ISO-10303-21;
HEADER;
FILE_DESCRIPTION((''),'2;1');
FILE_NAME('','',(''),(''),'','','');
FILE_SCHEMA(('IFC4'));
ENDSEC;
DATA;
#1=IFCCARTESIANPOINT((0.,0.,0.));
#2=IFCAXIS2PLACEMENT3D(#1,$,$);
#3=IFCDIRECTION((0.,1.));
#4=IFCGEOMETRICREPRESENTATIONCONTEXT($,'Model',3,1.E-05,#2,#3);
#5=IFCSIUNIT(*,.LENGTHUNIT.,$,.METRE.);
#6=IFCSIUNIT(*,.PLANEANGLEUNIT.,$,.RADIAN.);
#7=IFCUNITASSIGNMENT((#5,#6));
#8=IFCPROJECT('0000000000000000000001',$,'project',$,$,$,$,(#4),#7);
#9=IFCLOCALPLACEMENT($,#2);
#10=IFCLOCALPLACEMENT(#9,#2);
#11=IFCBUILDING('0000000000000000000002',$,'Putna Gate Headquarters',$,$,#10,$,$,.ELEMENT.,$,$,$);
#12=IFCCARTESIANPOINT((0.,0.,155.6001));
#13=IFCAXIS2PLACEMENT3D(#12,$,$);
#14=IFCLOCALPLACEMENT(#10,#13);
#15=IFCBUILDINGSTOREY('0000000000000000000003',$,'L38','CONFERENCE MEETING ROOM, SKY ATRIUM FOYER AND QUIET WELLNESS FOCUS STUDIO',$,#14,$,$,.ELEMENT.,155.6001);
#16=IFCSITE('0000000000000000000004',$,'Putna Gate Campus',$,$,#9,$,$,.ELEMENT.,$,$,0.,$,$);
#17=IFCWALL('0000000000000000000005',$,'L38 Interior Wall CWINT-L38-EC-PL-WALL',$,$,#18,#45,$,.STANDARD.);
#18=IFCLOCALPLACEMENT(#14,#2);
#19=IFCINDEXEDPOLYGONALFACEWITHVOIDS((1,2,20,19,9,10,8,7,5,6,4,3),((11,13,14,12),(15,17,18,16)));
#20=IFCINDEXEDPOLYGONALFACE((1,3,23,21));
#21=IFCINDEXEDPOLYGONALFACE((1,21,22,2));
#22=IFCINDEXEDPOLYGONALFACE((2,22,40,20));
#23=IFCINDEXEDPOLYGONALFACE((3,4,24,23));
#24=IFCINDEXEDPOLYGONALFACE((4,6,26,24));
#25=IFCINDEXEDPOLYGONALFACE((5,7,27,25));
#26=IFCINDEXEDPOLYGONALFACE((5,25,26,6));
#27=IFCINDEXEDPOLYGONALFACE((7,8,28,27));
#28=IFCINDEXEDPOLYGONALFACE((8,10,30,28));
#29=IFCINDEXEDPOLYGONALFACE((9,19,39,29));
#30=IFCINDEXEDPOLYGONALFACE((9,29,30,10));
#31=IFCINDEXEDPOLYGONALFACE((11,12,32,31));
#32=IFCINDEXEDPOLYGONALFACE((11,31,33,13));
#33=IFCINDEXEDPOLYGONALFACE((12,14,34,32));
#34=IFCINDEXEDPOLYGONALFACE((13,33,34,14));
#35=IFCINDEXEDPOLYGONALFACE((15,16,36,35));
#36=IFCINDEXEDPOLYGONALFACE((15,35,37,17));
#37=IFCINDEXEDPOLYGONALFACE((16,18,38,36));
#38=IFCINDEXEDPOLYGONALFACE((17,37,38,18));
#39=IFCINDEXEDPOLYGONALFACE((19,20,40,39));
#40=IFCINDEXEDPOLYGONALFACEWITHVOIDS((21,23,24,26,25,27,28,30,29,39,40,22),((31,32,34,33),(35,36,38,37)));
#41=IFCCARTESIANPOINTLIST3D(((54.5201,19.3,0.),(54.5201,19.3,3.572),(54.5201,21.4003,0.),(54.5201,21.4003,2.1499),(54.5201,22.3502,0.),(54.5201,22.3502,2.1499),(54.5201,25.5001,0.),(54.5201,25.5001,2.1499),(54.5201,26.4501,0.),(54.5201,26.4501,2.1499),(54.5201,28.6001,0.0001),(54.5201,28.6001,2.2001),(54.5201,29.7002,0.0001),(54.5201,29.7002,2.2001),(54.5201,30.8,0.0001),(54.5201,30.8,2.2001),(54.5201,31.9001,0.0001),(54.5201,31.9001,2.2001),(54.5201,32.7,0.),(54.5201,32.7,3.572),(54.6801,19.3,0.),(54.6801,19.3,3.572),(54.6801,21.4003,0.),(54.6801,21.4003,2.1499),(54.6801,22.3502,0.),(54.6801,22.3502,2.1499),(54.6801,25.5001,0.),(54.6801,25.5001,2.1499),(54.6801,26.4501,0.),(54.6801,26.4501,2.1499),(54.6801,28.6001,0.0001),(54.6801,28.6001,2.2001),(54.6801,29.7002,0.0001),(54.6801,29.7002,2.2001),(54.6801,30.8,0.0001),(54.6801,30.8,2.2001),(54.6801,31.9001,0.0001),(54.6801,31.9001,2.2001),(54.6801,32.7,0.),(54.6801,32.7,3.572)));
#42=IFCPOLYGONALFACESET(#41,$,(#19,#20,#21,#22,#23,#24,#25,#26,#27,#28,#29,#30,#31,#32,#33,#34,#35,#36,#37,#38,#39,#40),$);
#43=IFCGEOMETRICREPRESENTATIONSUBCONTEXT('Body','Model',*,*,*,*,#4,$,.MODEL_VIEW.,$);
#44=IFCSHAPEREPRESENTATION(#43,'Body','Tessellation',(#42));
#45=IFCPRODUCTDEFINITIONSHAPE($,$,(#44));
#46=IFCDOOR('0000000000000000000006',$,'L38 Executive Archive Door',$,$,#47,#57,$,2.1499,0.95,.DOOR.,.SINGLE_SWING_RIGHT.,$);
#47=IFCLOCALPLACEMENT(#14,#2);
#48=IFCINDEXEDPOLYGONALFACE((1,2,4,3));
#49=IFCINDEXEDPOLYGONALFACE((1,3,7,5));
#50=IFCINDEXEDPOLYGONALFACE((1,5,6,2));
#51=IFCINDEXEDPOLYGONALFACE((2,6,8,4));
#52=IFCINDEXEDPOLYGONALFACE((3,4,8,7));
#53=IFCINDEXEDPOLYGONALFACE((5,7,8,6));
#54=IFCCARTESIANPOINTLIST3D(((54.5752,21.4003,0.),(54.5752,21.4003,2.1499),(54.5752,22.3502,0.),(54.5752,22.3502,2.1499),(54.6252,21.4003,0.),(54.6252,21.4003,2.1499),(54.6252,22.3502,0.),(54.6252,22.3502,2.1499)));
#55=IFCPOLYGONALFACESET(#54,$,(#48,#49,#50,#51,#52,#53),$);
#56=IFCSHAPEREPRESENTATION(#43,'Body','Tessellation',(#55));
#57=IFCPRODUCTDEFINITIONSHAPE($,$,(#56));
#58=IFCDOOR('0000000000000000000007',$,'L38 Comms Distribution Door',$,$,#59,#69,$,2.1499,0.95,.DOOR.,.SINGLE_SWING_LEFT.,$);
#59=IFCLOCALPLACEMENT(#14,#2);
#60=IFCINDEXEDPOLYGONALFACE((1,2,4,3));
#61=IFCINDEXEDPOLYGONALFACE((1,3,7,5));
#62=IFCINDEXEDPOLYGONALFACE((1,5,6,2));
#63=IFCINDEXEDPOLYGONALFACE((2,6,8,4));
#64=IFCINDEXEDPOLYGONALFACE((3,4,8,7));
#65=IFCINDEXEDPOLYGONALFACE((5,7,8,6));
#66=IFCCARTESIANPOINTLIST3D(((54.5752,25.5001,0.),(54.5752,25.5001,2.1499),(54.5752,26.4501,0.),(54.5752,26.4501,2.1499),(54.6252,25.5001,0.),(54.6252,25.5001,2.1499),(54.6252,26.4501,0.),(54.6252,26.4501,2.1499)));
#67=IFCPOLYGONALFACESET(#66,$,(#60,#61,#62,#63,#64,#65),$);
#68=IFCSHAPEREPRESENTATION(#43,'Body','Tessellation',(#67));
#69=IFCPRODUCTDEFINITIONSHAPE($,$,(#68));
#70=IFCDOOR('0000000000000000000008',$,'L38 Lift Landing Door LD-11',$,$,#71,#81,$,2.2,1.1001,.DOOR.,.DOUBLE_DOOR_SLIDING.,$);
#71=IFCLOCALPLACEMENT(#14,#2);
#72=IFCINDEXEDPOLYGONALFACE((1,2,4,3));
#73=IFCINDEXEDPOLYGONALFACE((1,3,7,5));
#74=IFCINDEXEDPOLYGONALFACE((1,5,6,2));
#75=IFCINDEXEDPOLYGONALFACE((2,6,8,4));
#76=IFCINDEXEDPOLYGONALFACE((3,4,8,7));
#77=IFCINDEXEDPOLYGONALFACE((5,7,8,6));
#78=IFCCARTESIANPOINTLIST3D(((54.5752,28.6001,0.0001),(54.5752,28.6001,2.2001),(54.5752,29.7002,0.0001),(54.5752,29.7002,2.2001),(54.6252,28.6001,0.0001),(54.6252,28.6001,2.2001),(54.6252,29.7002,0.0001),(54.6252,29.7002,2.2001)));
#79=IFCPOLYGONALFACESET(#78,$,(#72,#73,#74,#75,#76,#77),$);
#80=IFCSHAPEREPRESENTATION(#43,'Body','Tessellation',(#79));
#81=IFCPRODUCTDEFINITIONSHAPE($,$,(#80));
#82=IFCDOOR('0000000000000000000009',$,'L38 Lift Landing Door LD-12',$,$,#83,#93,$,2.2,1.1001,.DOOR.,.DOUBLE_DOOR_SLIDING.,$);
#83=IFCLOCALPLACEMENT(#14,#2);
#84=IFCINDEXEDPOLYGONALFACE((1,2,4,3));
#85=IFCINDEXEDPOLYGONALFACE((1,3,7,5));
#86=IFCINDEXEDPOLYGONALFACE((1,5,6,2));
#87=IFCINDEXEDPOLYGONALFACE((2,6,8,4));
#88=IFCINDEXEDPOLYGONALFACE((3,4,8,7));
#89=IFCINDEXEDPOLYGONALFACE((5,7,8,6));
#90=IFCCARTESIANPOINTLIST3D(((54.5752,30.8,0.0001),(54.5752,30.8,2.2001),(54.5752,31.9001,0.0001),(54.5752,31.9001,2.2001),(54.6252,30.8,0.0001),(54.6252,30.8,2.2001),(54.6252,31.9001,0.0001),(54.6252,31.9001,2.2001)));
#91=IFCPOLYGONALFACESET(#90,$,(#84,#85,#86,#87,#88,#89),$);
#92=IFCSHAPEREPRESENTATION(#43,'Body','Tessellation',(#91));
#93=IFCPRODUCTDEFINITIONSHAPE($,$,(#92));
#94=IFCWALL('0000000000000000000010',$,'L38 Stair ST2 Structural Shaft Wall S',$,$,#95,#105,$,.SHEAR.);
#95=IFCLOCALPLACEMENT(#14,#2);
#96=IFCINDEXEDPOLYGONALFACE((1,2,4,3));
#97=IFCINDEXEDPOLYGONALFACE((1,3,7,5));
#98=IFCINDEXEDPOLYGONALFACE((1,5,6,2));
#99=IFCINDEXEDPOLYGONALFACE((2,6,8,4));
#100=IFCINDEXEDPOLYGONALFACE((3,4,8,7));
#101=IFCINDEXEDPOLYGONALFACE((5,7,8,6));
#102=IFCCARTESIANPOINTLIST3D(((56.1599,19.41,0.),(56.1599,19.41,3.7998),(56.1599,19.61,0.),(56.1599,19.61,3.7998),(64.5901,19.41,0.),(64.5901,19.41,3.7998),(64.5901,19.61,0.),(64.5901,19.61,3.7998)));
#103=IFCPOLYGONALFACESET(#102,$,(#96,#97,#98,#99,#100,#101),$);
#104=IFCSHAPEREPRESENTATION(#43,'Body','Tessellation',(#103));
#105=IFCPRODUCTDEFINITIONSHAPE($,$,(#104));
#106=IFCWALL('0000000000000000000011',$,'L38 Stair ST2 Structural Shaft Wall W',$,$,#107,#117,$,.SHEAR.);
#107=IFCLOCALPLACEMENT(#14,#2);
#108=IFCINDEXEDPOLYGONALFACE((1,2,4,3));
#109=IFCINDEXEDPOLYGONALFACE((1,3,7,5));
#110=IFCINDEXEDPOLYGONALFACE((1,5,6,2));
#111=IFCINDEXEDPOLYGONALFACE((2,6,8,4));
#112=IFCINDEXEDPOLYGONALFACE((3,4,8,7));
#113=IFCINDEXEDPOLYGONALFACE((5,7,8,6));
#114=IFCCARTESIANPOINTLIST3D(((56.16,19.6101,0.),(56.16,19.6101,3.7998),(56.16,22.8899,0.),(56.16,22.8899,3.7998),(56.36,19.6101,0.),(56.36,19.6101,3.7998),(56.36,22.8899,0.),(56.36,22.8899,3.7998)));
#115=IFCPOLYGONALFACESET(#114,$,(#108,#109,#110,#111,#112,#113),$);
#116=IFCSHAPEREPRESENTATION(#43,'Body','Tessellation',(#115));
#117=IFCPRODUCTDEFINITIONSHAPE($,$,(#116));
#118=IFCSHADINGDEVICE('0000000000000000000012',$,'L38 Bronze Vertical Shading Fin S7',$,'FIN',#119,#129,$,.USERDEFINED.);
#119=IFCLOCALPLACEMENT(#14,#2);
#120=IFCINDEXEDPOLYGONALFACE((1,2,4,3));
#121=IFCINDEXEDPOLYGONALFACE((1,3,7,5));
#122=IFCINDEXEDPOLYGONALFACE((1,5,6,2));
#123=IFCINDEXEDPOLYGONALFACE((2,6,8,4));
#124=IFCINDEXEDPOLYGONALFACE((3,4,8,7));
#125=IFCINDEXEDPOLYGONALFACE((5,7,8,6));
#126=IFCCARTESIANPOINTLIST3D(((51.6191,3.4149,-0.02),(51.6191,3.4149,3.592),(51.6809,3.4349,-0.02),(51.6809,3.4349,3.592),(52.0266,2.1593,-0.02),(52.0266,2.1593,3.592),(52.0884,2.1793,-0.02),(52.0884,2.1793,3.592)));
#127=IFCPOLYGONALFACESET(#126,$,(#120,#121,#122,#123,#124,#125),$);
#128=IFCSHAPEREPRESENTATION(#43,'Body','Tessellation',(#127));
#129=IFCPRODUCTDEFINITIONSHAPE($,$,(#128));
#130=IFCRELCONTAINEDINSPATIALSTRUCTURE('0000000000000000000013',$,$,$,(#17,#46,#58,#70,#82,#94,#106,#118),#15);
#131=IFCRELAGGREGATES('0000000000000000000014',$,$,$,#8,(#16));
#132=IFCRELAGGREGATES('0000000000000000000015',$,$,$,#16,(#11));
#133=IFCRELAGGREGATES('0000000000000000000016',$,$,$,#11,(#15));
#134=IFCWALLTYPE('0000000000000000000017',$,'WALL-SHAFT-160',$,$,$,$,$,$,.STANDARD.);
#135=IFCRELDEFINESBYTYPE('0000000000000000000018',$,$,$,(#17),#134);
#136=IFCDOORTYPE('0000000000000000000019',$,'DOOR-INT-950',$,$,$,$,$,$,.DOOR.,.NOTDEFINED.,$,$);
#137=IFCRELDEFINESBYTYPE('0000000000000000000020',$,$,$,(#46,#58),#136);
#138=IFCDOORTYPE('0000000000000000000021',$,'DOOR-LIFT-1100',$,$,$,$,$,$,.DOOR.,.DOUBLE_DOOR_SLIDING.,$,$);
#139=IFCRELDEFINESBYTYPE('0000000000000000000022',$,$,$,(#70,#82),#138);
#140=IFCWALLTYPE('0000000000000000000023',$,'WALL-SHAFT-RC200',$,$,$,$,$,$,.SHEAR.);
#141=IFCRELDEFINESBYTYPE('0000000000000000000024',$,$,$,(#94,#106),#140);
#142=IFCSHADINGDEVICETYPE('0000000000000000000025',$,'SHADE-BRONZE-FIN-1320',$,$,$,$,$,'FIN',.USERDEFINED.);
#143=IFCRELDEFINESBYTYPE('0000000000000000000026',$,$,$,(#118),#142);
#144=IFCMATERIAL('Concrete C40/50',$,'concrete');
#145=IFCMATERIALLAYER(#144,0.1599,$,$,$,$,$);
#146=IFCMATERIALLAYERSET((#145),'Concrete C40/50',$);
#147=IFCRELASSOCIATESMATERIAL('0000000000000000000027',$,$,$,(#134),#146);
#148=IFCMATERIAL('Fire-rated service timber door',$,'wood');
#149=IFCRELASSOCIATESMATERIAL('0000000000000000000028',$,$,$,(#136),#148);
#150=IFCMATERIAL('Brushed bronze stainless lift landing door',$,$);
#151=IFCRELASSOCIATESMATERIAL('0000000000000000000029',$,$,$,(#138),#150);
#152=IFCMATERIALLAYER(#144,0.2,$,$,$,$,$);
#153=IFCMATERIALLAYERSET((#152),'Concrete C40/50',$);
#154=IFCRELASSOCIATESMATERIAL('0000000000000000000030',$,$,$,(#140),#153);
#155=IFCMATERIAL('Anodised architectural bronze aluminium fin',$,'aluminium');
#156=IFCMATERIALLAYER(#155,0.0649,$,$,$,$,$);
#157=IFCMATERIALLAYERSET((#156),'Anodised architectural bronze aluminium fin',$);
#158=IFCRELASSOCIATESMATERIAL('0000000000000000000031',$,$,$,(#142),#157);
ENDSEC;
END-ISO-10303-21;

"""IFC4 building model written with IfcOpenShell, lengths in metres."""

from ifc_helpers import new_model, si_unit, direction, frame, frame_2d, origin, origin_2d, place, context, subcontext, project, spatial, rectangle, extrude, material, layer, layer_set, type_object, element, fill, save


model = new_model("IFC4")

# Units and contexts
model_context = context("Model", 3, precision=1e-05, world=origin(), true_north=direction((0.0, 1.0)))
body_context = subcontext(model_context, "Body", "Model", "MODEL_VIEW")
ifc_project = project(units=[si_unit("LENGTHUNIT", "METRE"), si_unit("PLANEANGLEUNIT", "RADIAN")], contexts=[model_context])

# Site, building, storey
site_placement = place(None, origin())
site = spatial("IfcSite", under=ifc_project, at=site_placement, Name="Putna Gate Campus", CompositionType="ELEMENT", RefElevation=0.0)
building_placement = place(site_placement, origin())
building = spatial("IfcBuilding", under=site, at=building_placement, Name="Putna Gate Headquarters", CompositionType="ELEMENT")
storey_placement = place(building_placement, frame((0.0, 0.0, 155.6001)))
storey = spatial("IfcBuildingStorey", under=building, at=storey_placement, Name="L38", Description="CONFERENCE MEETING ROOM, SKY ATRIUM FOYER AND QUIET WELLNESS FOCUS STUDIO", CompositionType="ELEMENT", Elevation=155.6001)

# Wall, openings, doors
ifc_material_1 = material(Name="Concrete C40/50", Category="concrete")
ifc_layer_1 = layer(ifc_material_1, 0.1599)
ifc_layer_set_1 = layer_set([ifc_layer_1], Name="Concrete C40/50")
wall_type_1 = type_object("IfcWallType", Name="WALL-SHAFT-160", PredefinedType="STANDARD", material=ifc_layer_set_1)
wall_1_placement = place(storey_placement, frame((54.6001, 19.3, 0.0), z_axis=(0.0, 0.0, 1.0), x_axis=(0.0, 1.0, 0.0)))
wall_1 = element("IfcWall", 1, at=wall_1_placement, inside=storey, type_object=wall_type_1, Name="L38 Interior Wall CWINT-L38-EC-PL-WALL", PredefinedType="STANDARD", context=body_context, shape_type="SweptSolid", body=[
    extrude(rectangle(XDim=13.3999, YDim=0.1599, at=frame_2d((6.7, 0.0))), origin(), (0.0, 0.0, 1.0), 3.572),
])
opening_1_placement = place(wall_1_placement, frame((2.1001, 0.0, 0.0)))
opening_1 = element("IfcOpeningElement", 2, at=opening_1_placement, cuts=wall_1, PredefinedType="OPENING", context=body_context, shape_type="SweptSolid", body=[
    extrude(rectangle(XDim=0.95, YDim=2.1499, at=frame_2d((0.4751, 1.075))), frame((0.0, 0.0898, 0.0), z_axis=(0.0, -1.0, 0.0), x_axis=(1.0, 0.0, 0.0)), (0.0, 0.0, 1.0), 0.1799),
])
opening_2_placement = place(wall_1_placement, frame((6.2, 0.0, 0.0)))
opening_2 = element("IfcOpeningElement", 3, at=opening_2_placement, cuts=wall_1, PredefinedType="OPENING", context=body_context, shape_type="SweptSolid", body=[
    extrude(rectangle(XDim=0.95, YDim=2.1499, at=frame_2d((0.4751, 1.075))), frame((0.0, 0.0898, 0.0), z_axis=(0.0, -1.0, 0.0), x_axis=(1.0, 0.0, 0.0)), (0.0, 0.0, 1.0), 0.1799),
])
opening_3_placement = place(wall_1_placement, frame((9.3, 0.0, 0.0)))
opening_3 = element("IfcOpeningElement", 4, at=opening_3_placement, cuts=wall_1, PredefinedType="OPENING", context=body_context, shape_type="SweptSolid", body=[
    extrude(rectangle(XDim=1.1001, YDim=2.2, at=frame_2d((0.55, 1.1001))), frame((0.0, 0.0898, 0.0), z_axis=(0.0, -1.0, 0.0), x_axis=(1.0, 0.0, 0.0)), (0.0, 0.0, 1.0), 0.1799),
])
opening_4_placement = place(wall_1_placement, frame((11.5, 0.0, 0.0)))
opening_4 = element("IfcOpeningElement", 5, at=opening_4_placement, cuts=wall_1, PredefinedType="OPENING", context=body_context, shape_type="SweptSolid", body=[
    extrude(rectangle(XDim=1.1001, YDim=2.2, at=frame_2d((0.55, 1.1001))), frame((0.0, 0.0898, 0.0), z_axis=(0.0, -1.0, 0.0), x_axis=(1.0, 0.0, 0.0)), (0.0, 0.0, 1.0), 0.1799),
])
ifc_material_2 = material(Name="Fire-rated service timber door", Category="wood")
door_type_1 = type_object("IfcDoorType", Name="DOOR-INT-950", OperationType="NOTDEFINED", PredefinedType="DOOR", material=ifc_material_2)
door_1_placement = place(opening_1_placement, origin())
door_1 = element("IfcDoor", 6, at=door_1_placement, inside=storey, type_object=door_type_1, Name="L38 Executive Archive Door", OperationType="SINGLE_SWING_RIGHT", OverallHeight=2.1499, OverallWidth=0.95, PredefinedType="DOOR", context=body_context, shape_type="SweptSolid", body=[
    extrude(rectangle(XDim=0.95, YDim=2.1499, at=frame_2d((0.4751, 1.075))), frame((0.0, 0.0249, 0.0), z_axis=(0.0, -1.0, 0.0), x_axis=(1.0, 0.0, 0.0)), (0.0, 0.0, 1.0), 0.05),
])
fill(opening_1, door_1)
door_2_placement = place(opening_2_placement, origin())
door_2 = element("IfcDoor", 7, at=door_2_placement, inside=storey, type_object=door_type_1, Name="L38 Comms Distribution Door", OperationType="SINGLE_SWING_LEFT", OverallHeight=2.1499, OverallWidth=0.95, PredefinedType="DOOR", context=body_context, shape_type="SweptSolid", body=[
    extrude(rectangle(XDim=0.95, YDim=2.1499, at=frame_2d((0.4751, 1.075))), frame((0.0, 0.0249, 0.0), z_axis=(0.0, -1.0, 0.0), x_axis=(1.0, 0.0, 0.0)), (0.0, 0.0, 1.0), 0.05),
])
fill(opening_2, door_2)
ifc_material_3 = material(Name="Brushed bronze stainless lift landing door")
door_type_2 = type_object("IfcDoorType", Name="DOOR-LIFT-1100", OperationType="DOUBLE_DOOR_SLIDING", PredefinedType="DOOR", material=ifc_material_3)
door_3_placement = place(opening_3_placement, origin())
door_3 = element("IfcDoor", 8, at=door_3_placement, inside=storey, type_object=door_type_2, Name="L38 Lift Landing Door LD-11", OperationType="DOUBLE_DOOR_SLIDING", OverallHeight=2.2, OverallWidth=1.1001, PredefinedType="DOOR", context=body_context, shape_type="SweptSolid", body=[
    extrude(rectangle(XDim=1.1001, YDim=2.2, at=frame_2d((0.55, 1.1001))), frame((0.0, 0.0249, 0.0), z_axis=(0.0, -1.0, 0.0), x_axis=(1.0, 0.0, 0.0)), (0.0, 0.0, 1.0), 0.05),
])
fill(opening_3, door_3)
door_4_placement = place(opening_4_placement, origin())
door_4 = element("IfcDoor", 9, at=door_4_placement, inside=storey, type_object=door_type_2, Name="L38 Lift Landing Door LD-12", OperationType="DOUBLE_DOOR_SLIDING", OverallHeight=2.2, OverallWidth=1.1001, PredefinedType="DOOR", context=body_context, shape_type="SweptSolid", body=[
    extrude(rectangle(XDim=1.1001, YDim=2.2, at=frame_2d((0.55, 1.1001))), frame((0.0, 0.0249, 0.0), z_axis=(0.0, -1.0, 0.0), x_axis=(1.0, 0.0, 0.0)), (0.0, 0.0, 1.0), 0.05),
])
fill(opening_4, door_4)

# Walls
ifc_layer_2 = layer(ifc_material_1, 0.2)
ifc_layer_set_2 = layer_set([ifc_layer_2], Name="Concrete C40/50")
wall_type_2 = type_object("IfcWallType", Name="WALL-SHAFT-RC200", PredefinedType="SHEAR", material=ifc_layer_set_2)
wall_2_placement = place(storey_placement, frame((56.1599, 19.51, 0.0), z_axis=(0.0, 0.0, 1.0), x_axis=(1.0, 0.0, 0.0)))
element("IfcWall", 10, at=wall_2_placement, inside=storey, type_object=wall_type_2, Name="L38 Stair ST2 Structural Shaft Wall S", PredefinedType="SHEAR", context=body_context, shape_type="SweptSolid", body=[
    extrude(rectangle(XDim=8.4302, YDim=0.2, at=frame_2d((4.2151, 0.0))), origin(), (0.0, 0.0, 1.0), 3.7998),
])
wall_3_placement = place(storey_placement, frame((56.26, 19.6101, 0.0), z_axis=(0.0, 0.0, 1.0), x_axis=(0.0, 1.0, 0.0)))
element("IfcWall", 11, at=wall_3_placement, inside=storey, type_object=wall_type_2, Name="L38 Stair ST2 Structural Shaft Wall W", PredefinedType="SHEAR", context=body_context, shape_type="SweptSolid", body=[
    extrude(rectangle(XDim=3.2798, YDim=0.2, at=frame_2d((1.6399, 0.0))), origin(), (0.0, 0.0, 1.0), 3.7998),
])

# Shading device
ifc_material_4 = material(Name="Anodised architectural bronze aluminium fin", Category="aluminium")
ifc_layer_3 = layer(ifc_material_4, 0.0649)
ifc_layer_set_3 = layer_set([ifc_layer_3], Name="Anodised architectural bronze aluminium fin")
shading_device_type = type_object("IfcShadingDeviceType", Name="SHADE-BRONZE-FIN-1320", ElementType="FIN", PredefinedType="USERDEFINED", material=ifc_layer_set_3)
shading_device_placement = place(storey_placement, frame((51.8538, 2.7971, -0.02), z_axis=(0.0, 0.0, 1.0), x_axis=(0.308685, -0.951164, 0.0)))
element("IfcShadingDevice", 12, at=shading_device_placement, inside=storey, type_object=shading_device_type, Name="L38 Bronze Vertical Shading Fin S7", ObjectType="FIN", PredefinedType="USERDEFINED", context=body_context, shape_type="SweptSolid", body=[
    extrude(rectangle(XDim=1.3201, YDim=0.0649, at=origin_2d()), origin(), (0.0, 0.0, 1.0), 3.6121),
])

save(model, "model.ifc")
